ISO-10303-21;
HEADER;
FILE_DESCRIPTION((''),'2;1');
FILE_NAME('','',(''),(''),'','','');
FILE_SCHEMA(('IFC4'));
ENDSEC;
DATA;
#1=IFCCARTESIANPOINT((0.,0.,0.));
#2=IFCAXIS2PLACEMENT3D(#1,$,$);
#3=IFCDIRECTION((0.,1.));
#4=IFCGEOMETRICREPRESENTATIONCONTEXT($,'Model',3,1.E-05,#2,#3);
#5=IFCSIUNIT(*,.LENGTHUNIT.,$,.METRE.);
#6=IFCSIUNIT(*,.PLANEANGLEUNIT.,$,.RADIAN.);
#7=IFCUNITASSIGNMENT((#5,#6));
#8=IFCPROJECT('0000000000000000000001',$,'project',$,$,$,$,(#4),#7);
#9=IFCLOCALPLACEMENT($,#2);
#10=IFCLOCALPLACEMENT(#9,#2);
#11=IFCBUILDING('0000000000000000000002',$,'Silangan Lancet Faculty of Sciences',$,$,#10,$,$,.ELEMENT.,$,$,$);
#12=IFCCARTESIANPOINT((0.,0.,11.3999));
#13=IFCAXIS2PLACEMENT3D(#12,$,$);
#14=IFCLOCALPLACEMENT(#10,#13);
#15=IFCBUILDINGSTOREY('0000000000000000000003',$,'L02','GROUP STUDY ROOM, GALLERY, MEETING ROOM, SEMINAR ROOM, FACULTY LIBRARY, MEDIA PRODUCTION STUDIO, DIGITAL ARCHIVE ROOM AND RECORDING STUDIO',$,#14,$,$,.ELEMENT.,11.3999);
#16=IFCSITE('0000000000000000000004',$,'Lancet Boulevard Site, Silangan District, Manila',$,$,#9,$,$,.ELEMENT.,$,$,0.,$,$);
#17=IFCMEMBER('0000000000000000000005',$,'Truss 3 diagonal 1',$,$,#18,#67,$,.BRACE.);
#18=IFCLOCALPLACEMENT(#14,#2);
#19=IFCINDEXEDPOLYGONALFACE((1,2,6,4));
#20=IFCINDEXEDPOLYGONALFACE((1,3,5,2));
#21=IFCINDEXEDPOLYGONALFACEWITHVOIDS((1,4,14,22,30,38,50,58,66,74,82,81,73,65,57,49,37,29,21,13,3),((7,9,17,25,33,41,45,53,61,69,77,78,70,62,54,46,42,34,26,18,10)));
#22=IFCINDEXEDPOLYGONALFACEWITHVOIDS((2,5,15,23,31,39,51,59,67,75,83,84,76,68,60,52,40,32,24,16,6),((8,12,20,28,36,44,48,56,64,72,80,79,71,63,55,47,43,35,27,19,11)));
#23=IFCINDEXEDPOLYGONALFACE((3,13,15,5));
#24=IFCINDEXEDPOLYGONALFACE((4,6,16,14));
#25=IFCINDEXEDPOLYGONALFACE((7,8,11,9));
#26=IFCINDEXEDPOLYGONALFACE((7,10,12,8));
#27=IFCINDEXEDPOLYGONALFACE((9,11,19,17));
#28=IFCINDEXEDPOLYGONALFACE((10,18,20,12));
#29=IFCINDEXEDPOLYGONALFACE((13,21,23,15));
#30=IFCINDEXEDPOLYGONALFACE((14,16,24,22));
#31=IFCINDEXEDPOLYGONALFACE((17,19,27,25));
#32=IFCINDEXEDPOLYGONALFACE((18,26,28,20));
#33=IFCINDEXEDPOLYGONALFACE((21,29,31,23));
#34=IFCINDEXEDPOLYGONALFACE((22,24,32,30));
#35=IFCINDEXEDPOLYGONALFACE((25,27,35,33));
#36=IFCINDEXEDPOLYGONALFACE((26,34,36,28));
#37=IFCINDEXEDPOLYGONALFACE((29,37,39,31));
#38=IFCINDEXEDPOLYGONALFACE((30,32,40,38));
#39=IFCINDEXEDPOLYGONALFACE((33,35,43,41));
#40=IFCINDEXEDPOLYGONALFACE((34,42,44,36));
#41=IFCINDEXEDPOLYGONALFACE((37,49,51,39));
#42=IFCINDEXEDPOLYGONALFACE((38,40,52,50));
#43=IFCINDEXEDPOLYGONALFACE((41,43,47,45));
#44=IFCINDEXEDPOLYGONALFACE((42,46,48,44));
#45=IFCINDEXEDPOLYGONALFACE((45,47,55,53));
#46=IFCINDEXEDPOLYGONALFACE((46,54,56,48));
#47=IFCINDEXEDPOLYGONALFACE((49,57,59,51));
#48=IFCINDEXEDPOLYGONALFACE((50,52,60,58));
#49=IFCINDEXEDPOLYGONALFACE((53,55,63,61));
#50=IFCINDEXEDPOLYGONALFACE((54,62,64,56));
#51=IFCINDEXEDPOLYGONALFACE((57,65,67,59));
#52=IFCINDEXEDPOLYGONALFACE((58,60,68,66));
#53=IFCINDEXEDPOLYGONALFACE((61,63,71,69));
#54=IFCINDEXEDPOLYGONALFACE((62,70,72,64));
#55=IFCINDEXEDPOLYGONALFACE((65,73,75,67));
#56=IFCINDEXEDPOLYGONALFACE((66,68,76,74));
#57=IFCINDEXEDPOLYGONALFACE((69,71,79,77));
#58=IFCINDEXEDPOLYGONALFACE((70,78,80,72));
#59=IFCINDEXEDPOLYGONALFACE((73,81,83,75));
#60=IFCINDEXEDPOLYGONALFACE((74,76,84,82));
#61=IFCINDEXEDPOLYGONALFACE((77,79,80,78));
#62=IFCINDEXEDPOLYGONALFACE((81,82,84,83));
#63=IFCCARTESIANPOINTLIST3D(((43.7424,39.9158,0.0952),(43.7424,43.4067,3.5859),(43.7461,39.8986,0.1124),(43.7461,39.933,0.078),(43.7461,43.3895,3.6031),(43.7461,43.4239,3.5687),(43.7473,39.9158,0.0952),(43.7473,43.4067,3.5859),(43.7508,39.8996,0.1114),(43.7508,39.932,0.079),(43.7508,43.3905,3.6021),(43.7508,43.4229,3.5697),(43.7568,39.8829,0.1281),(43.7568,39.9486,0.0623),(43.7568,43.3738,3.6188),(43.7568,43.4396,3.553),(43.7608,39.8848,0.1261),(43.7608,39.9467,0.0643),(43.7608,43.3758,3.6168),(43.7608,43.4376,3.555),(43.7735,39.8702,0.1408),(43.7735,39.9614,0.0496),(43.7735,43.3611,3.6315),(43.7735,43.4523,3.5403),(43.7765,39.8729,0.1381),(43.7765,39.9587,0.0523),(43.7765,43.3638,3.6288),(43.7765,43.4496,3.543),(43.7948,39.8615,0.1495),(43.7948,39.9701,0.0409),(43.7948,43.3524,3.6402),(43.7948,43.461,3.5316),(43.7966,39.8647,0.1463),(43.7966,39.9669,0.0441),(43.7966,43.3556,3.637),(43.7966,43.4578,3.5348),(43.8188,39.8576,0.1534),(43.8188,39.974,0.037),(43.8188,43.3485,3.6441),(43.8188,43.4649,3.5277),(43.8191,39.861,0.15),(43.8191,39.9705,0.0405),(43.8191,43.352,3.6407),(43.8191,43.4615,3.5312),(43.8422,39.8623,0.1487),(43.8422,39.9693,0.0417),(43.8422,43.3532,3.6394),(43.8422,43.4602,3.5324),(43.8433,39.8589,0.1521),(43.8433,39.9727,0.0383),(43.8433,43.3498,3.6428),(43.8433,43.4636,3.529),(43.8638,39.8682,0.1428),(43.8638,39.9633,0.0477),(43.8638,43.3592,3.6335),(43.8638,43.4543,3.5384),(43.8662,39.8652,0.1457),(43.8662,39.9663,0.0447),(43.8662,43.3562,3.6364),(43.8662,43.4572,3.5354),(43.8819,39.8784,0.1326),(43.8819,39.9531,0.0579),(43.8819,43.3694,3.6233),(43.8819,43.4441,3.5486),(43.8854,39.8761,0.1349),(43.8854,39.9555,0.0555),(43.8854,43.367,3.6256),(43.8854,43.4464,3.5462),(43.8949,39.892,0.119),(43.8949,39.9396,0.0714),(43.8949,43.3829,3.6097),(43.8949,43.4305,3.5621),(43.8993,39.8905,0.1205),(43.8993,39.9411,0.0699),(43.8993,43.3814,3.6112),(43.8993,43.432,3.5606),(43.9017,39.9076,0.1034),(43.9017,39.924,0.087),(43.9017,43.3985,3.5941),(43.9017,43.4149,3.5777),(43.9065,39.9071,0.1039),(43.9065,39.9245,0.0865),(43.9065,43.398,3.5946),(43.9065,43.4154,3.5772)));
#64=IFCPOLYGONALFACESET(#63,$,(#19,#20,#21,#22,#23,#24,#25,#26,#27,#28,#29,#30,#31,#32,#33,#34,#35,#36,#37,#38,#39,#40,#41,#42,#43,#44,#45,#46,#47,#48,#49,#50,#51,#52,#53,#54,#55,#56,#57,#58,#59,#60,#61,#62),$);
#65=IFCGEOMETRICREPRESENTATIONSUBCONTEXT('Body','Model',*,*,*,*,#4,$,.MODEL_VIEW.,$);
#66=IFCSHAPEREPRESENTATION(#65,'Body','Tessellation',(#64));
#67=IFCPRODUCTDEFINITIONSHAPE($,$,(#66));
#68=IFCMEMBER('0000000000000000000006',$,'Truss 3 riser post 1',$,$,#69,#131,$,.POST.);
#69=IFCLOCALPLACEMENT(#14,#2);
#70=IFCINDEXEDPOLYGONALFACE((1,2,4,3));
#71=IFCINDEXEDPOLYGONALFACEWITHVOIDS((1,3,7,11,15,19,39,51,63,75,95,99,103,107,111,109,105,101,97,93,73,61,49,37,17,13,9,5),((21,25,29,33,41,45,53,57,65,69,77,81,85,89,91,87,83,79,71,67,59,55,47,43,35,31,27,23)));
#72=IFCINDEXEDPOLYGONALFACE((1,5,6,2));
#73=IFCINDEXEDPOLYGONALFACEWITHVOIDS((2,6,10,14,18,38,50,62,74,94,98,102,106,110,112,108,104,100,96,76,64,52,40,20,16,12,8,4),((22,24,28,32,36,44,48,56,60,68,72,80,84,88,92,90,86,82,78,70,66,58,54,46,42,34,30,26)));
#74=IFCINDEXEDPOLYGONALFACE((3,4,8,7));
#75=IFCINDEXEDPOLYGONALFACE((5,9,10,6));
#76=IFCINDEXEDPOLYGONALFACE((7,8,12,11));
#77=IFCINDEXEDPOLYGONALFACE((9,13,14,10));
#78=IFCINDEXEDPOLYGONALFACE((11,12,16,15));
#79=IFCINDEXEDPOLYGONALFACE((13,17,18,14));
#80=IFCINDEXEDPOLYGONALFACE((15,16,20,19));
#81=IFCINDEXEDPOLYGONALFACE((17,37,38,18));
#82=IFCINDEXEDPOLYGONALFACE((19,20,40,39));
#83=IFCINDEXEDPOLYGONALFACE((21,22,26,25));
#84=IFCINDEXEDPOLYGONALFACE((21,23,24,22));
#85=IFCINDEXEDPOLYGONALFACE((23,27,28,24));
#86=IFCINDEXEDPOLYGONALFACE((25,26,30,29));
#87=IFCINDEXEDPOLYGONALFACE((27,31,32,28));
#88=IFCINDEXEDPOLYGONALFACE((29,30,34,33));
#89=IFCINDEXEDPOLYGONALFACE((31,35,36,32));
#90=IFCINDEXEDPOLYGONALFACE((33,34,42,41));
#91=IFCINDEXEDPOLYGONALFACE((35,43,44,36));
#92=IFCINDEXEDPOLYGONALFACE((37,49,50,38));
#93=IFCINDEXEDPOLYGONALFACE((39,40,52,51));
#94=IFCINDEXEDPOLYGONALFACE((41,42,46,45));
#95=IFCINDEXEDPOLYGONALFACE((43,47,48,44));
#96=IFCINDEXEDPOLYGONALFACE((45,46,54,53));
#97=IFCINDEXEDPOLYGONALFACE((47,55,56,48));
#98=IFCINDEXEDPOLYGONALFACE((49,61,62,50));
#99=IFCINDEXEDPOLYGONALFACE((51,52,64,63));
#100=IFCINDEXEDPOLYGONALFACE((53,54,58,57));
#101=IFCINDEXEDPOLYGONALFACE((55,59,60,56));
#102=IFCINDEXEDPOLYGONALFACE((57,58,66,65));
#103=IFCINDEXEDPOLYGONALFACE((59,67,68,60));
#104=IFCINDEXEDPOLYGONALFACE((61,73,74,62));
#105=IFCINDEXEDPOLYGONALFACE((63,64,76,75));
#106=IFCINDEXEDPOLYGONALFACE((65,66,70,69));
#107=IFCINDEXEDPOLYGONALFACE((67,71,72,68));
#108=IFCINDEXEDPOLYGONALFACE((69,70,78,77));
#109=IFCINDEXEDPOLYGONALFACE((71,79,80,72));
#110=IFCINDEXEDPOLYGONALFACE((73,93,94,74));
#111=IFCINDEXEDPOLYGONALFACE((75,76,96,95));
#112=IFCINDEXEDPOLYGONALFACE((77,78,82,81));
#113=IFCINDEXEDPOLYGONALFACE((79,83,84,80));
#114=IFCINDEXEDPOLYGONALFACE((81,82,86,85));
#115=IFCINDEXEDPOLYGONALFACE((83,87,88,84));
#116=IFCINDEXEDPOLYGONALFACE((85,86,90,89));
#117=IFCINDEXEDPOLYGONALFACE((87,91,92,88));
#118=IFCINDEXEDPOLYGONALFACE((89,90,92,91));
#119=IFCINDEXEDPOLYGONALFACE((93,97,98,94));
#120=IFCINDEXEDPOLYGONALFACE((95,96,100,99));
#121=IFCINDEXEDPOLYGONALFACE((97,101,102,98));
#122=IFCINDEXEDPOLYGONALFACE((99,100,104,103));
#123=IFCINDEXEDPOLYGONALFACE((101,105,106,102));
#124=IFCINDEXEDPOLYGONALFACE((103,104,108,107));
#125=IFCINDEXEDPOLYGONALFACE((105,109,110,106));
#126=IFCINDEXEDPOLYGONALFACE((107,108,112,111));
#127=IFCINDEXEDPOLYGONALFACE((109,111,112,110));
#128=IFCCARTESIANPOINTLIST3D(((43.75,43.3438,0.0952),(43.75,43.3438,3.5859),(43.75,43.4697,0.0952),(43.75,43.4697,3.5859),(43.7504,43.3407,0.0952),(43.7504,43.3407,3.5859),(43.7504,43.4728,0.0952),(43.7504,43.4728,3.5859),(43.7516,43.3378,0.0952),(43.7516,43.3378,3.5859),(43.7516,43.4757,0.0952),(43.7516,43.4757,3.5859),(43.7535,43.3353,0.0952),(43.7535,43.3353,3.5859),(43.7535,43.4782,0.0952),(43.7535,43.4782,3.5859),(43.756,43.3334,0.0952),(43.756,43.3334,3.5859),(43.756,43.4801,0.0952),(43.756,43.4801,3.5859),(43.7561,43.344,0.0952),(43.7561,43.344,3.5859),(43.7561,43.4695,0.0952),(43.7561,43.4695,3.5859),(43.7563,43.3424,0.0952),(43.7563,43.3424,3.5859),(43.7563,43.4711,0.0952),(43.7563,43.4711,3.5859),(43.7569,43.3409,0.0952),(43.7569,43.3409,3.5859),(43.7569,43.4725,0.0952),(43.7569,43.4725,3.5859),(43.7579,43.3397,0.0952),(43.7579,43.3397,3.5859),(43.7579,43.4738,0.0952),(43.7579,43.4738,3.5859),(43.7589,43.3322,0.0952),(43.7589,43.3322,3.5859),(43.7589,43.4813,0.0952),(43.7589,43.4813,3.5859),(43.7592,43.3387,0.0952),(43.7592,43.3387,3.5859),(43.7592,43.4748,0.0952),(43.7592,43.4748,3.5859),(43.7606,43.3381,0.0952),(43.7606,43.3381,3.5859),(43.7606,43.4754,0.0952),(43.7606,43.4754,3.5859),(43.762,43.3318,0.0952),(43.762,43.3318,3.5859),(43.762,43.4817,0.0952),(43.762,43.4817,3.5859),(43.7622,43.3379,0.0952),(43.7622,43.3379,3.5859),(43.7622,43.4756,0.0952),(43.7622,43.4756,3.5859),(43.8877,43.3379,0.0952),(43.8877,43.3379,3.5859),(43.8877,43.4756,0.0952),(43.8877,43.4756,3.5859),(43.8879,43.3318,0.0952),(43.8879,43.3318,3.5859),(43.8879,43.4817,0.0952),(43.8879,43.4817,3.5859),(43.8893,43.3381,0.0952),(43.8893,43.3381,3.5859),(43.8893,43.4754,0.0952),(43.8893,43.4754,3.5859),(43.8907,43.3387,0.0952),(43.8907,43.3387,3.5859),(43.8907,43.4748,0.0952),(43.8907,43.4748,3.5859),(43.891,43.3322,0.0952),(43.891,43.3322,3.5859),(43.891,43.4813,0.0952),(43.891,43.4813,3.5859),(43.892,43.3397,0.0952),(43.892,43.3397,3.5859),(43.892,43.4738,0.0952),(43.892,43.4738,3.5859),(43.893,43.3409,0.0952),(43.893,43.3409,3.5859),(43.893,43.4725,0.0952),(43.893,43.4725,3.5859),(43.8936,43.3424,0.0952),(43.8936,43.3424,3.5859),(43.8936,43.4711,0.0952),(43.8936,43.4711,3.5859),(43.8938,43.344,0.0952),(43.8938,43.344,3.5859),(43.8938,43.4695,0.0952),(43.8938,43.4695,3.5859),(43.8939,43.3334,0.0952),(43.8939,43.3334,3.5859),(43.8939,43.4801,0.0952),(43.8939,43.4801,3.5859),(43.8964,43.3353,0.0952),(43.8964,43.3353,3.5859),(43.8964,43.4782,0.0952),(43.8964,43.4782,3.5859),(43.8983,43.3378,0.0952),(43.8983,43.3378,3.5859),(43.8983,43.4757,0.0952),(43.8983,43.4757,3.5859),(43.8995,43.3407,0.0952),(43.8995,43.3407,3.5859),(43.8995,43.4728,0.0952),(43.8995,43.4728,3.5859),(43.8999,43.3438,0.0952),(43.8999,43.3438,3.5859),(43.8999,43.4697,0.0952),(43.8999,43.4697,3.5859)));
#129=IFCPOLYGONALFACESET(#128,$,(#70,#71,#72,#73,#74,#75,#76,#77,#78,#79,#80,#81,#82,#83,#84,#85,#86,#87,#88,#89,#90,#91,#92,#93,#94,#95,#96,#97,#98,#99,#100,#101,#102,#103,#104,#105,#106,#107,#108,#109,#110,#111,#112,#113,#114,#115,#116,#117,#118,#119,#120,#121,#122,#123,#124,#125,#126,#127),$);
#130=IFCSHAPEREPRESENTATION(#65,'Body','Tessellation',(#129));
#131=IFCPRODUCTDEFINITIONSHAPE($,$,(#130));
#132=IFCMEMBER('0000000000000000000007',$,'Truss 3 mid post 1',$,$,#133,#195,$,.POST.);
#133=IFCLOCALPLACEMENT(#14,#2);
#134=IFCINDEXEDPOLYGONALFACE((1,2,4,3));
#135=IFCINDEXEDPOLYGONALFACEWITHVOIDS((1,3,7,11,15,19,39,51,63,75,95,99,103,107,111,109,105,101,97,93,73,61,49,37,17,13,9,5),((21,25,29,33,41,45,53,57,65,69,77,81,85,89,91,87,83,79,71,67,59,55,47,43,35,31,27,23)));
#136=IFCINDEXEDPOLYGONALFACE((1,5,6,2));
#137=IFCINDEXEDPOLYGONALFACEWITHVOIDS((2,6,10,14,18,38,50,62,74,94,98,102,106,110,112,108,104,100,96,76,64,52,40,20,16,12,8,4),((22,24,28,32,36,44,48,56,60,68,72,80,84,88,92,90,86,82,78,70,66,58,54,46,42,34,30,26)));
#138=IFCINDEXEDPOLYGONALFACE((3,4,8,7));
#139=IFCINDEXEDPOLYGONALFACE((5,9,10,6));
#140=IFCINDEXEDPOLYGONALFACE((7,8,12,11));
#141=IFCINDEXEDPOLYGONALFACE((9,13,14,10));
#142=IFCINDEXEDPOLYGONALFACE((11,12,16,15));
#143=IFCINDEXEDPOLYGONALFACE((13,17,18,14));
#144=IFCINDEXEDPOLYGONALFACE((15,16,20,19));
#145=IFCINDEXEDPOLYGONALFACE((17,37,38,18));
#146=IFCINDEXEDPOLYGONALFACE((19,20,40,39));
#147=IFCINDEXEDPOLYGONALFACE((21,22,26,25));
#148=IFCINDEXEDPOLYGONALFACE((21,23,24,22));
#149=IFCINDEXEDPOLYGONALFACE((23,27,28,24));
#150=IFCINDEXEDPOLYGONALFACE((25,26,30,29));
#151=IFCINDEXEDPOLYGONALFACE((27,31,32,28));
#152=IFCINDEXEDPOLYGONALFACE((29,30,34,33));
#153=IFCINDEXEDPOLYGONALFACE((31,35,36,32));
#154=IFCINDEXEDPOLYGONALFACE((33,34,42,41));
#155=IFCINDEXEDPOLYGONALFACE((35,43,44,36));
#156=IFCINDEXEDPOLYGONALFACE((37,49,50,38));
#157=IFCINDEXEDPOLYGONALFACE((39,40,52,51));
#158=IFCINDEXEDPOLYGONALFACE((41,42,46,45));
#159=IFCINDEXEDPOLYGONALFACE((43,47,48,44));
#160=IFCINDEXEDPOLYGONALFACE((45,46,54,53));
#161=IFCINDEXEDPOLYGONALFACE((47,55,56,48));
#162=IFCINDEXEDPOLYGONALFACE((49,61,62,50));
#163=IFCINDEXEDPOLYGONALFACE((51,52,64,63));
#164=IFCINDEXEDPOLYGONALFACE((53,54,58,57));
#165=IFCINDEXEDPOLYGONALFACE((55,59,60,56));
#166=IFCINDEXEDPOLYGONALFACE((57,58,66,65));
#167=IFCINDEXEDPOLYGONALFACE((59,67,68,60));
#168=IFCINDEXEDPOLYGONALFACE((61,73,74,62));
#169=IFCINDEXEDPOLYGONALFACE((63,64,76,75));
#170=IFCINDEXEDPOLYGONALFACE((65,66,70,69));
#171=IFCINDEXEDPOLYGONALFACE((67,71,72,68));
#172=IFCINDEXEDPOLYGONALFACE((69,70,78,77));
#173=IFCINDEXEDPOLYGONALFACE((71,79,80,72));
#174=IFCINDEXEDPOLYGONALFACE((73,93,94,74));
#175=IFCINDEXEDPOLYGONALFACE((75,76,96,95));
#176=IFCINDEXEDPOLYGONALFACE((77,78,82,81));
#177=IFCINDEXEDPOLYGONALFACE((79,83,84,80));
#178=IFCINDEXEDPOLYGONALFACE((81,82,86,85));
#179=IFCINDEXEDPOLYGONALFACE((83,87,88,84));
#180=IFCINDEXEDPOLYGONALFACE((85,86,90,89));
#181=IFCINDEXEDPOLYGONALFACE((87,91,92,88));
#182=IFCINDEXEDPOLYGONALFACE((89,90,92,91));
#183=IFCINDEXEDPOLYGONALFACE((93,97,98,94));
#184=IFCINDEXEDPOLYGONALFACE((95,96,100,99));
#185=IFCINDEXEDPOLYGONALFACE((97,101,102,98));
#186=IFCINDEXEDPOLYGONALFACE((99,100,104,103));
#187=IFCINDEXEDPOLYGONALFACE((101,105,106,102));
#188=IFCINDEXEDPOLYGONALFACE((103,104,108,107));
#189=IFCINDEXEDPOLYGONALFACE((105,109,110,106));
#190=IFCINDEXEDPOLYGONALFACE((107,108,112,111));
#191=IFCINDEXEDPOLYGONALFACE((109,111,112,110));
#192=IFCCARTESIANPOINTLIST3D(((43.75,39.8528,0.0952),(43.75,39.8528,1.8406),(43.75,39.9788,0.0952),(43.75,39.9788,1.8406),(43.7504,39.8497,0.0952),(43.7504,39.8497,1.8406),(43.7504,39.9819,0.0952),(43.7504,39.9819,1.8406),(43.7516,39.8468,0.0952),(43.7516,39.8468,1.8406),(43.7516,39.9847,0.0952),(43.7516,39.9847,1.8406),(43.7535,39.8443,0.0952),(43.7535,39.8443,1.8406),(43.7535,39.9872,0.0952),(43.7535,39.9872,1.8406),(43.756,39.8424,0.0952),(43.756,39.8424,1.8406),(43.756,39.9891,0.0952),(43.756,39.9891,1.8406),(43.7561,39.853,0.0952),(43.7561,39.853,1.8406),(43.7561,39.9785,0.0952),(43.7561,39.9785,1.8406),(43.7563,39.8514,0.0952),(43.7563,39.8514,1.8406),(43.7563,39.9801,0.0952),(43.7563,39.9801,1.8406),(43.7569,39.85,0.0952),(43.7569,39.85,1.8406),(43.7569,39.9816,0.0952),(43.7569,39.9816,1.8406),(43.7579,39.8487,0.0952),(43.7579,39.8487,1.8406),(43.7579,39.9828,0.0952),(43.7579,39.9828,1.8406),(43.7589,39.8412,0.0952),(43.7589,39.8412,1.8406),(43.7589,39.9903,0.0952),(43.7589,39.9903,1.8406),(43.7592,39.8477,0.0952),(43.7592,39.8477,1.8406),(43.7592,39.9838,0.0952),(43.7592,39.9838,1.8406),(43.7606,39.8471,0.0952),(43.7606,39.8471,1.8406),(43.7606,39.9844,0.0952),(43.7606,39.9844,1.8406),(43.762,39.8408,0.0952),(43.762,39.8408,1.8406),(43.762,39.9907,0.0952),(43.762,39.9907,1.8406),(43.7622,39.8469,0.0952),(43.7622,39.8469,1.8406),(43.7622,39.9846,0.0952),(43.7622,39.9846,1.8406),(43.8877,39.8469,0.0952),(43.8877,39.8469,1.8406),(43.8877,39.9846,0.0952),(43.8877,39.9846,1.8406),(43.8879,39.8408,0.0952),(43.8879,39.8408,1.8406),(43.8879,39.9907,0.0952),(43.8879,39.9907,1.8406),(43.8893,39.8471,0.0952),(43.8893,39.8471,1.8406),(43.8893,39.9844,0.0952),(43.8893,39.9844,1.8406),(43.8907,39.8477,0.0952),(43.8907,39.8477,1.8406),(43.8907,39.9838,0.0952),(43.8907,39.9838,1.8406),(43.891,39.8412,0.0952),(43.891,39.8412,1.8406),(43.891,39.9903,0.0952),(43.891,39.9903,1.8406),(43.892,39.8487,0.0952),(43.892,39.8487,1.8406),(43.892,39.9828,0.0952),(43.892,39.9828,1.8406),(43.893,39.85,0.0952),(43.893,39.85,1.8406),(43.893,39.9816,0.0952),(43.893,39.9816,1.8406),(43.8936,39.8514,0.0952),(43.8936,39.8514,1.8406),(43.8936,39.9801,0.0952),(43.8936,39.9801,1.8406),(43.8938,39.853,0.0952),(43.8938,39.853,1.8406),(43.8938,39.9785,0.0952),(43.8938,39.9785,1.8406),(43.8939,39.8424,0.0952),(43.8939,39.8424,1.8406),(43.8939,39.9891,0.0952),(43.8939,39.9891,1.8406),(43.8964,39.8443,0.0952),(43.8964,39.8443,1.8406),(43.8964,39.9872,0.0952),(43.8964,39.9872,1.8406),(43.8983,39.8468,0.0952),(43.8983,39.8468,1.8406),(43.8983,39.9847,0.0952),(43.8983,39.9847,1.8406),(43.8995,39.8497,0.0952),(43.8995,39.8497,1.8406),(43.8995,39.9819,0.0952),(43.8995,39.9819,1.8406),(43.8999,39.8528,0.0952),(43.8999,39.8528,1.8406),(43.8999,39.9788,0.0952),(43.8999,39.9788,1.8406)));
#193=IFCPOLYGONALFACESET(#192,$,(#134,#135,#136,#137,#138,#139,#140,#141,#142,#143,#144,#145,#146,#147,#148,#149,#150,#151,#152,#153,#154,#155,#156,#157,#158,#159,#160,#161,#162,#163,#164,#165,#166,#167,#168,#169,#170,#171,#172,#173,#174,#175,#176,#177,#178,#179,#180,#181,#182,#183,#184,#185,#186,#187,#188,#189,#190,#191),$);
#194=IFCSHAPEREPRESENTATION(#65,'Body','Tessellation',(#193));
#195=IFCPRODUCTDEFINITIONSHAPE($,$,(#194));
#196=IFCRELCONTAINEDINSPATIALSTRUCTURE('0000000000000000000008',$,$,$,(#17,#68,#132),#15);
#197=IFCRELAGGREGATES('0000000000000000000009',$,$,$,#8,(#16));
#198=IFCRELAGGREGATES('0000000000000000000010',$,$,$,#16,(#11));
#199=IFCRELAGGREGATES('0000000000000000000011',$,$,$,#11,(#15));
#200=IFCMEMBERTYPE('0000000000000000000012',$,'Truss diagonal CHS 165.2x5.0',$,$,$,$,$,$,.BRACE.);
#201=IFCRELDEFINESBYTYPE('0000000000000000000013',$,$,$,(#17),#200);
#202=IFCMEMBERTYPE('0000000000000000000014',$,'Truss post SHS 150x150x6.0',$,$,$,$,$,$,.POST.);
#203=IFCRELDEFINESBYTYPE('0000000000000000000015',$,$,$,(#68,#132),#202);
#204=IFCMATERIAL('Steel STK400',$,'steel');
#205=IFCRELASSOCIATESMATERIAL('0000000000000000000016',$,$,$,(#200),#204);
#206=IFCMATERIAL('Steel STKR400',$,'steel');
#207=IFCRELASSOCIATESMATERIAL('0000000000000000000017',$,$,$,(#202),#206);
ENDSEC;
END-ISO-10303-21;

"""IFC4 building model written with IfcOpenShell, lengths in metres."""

from ifc_helpers import new_model, si_unit, direction, frame, origin, origin_2d, place, context, subcontext, project, spatial, hollow_rectangle, hollow_circle, extrude, material, material_profile, profile_set, type_object, element, save


model = new_model("IFC4")

# Units and contexts
model_context = context("Model", 3, precision=1e-05, world=origin(), true_north=direction((0.0, 1.0)))
body_context = subcontext(model_context, "Body", "Model", "MODEL_VIEW")
ifc_project = project(units=[si_unit("LENGTHUNIT", "METRE"), si_unit("PLANEANGLEUNIT", "RADIAN")], contexts=[model_context])

# Site, building, storey
site_placement = place(None, origin())
site = spatial("IfcSite", under=ifc_project, at=site_placement, Name="Lancet Boulevard Site, Silangan District, Manila", CompositionType="ELEMENT", RefElevation=0.0)
building_placement = place(site_placement, origin())
building = spatial("IfcBuilding", under=site, at=building_placement, Name="Silangan Lancet Faculty of Sciences", CompositionType="ELEMENT")
storey_placement = place(building_placement, frame((0.0, 0.0, 11.3999)))
storey = spatial("IfcBuildingStorey", under=building, at=storey_placement, Name="L02", Description="GROUP STUDY ROOM, GALLERY, MEETING ROOM, SEMINAR ROOM, FACULTY LIBRARY, MEDIA PRODUCTION STUDIO, DIGITAL ARCHIVE ROOM AND RECORDING STUDIO", CompositionType="ELEMENT", Elevation=11.3999)

# Members
ifc_material_1 = material(Name="Steel STK400", Category="steel")
ifc_material_profile_1 = material_profile(ifc_material_1, hollow_circle(Radius=0.0825, WallThickness=0.0049, at=origin_2d()), Name="CHS 165.2x5.0")
ifc_profile_set_1 = profile_set([ifc_material_profile_1], Name="Steel STK400")
member_type_1 = type_object("IfcMemberType", Name="Truss diagonal CHS 165.2x5.0", PredefinedType="BRACE", material=ifc_profile_set_1)
member_1_placement = place(storey_placement, frame((43.825, 39.9158, 0.0952), z_axis=(0.0, 0.707132, 0.707082), x_axis=(-1.0, 0.0, 0.0)))
element("IfcMember", 1, at=member_1_placement, inside=storey, type_object=member_type_1, Name="Truss 3 diagonal 1", PredefinedType="BRACE", context=body_context, shape_type="SweptSolid", body=[
    extrude(hollow_circle(Radius=0.0825, WallThickness=0.0049, at=origin_2d()), origin(), (0.0, 0.0, 1.0), 4.9368),
])
ifc_material_2 = material(Name="Steel STKR400", Category="steel")
ifc_material_profile_2 = material_profile(ifc_material_2, hollow_rectangle(XDim=0.1499, YDim=0.1499, WallThickness=0.0061, InnerFilletRadius=0.0061, OuterFilletRadius=0.012, at=origin_2d()), Name="SHS 150x150x6.0")
ifc_profile_set_2 = profile_set([ifc_material_profile_2], Name="Steel STKR400")
member_type_2 = type_object("IfcMemberType", Name="Truss post SHS 150x150x6.0", PredefinedType="POST", material=ifc_profile_set_2)
member_2_placement = place(storey_placement, frame((43.825, 43.4067, 0.0952), z_axis=(0.0, 0.0, 1.0), x_axis=(1.0, 0.0, 0.0)))
element("IfcMember", 2, at=member_2_placement, inside=storey, type_object=member_type_2, Name="Truss 3 riser post 1", PredefinedType="POST", context=body_context, shape_type="SweptSolid", body=[
    extrude(hollow_rectangle(XDim=0.1499, YDim=0.1499, WallThickness=0.0061, InnerFilletRadius=0.0061, OuterFilletRadius=0.012, at=origin_2d()), origin(), (0.0, 0.0, 1.0), 3.4907),
])
member_3_placement = place(storey_placement, frame((43.825, 39.9158, 0.0952), z_axis=(0.0, 0.0, 1.0), x_axis=(1.0, 0.0, 0.0)))
element("IfcMember", 3, at=member_3_placement, inside=storey, type_object=member_type_2, Name="Truss 3 mid post 1", PredefinedType="POST", context=body_context, shape_type="SweptSolid", body=[
    extrude(hollow_rectangle(XDim=0.1499, YDim=0.1499, WallThickness=0.0061, InnerFilletRadius=0.0061, OuterFilletRadius=0.012, at=origin_2d()), origin(), (0.0, 0.0, 1.0), 1.7454),
])

save(model, "model.ifc")
